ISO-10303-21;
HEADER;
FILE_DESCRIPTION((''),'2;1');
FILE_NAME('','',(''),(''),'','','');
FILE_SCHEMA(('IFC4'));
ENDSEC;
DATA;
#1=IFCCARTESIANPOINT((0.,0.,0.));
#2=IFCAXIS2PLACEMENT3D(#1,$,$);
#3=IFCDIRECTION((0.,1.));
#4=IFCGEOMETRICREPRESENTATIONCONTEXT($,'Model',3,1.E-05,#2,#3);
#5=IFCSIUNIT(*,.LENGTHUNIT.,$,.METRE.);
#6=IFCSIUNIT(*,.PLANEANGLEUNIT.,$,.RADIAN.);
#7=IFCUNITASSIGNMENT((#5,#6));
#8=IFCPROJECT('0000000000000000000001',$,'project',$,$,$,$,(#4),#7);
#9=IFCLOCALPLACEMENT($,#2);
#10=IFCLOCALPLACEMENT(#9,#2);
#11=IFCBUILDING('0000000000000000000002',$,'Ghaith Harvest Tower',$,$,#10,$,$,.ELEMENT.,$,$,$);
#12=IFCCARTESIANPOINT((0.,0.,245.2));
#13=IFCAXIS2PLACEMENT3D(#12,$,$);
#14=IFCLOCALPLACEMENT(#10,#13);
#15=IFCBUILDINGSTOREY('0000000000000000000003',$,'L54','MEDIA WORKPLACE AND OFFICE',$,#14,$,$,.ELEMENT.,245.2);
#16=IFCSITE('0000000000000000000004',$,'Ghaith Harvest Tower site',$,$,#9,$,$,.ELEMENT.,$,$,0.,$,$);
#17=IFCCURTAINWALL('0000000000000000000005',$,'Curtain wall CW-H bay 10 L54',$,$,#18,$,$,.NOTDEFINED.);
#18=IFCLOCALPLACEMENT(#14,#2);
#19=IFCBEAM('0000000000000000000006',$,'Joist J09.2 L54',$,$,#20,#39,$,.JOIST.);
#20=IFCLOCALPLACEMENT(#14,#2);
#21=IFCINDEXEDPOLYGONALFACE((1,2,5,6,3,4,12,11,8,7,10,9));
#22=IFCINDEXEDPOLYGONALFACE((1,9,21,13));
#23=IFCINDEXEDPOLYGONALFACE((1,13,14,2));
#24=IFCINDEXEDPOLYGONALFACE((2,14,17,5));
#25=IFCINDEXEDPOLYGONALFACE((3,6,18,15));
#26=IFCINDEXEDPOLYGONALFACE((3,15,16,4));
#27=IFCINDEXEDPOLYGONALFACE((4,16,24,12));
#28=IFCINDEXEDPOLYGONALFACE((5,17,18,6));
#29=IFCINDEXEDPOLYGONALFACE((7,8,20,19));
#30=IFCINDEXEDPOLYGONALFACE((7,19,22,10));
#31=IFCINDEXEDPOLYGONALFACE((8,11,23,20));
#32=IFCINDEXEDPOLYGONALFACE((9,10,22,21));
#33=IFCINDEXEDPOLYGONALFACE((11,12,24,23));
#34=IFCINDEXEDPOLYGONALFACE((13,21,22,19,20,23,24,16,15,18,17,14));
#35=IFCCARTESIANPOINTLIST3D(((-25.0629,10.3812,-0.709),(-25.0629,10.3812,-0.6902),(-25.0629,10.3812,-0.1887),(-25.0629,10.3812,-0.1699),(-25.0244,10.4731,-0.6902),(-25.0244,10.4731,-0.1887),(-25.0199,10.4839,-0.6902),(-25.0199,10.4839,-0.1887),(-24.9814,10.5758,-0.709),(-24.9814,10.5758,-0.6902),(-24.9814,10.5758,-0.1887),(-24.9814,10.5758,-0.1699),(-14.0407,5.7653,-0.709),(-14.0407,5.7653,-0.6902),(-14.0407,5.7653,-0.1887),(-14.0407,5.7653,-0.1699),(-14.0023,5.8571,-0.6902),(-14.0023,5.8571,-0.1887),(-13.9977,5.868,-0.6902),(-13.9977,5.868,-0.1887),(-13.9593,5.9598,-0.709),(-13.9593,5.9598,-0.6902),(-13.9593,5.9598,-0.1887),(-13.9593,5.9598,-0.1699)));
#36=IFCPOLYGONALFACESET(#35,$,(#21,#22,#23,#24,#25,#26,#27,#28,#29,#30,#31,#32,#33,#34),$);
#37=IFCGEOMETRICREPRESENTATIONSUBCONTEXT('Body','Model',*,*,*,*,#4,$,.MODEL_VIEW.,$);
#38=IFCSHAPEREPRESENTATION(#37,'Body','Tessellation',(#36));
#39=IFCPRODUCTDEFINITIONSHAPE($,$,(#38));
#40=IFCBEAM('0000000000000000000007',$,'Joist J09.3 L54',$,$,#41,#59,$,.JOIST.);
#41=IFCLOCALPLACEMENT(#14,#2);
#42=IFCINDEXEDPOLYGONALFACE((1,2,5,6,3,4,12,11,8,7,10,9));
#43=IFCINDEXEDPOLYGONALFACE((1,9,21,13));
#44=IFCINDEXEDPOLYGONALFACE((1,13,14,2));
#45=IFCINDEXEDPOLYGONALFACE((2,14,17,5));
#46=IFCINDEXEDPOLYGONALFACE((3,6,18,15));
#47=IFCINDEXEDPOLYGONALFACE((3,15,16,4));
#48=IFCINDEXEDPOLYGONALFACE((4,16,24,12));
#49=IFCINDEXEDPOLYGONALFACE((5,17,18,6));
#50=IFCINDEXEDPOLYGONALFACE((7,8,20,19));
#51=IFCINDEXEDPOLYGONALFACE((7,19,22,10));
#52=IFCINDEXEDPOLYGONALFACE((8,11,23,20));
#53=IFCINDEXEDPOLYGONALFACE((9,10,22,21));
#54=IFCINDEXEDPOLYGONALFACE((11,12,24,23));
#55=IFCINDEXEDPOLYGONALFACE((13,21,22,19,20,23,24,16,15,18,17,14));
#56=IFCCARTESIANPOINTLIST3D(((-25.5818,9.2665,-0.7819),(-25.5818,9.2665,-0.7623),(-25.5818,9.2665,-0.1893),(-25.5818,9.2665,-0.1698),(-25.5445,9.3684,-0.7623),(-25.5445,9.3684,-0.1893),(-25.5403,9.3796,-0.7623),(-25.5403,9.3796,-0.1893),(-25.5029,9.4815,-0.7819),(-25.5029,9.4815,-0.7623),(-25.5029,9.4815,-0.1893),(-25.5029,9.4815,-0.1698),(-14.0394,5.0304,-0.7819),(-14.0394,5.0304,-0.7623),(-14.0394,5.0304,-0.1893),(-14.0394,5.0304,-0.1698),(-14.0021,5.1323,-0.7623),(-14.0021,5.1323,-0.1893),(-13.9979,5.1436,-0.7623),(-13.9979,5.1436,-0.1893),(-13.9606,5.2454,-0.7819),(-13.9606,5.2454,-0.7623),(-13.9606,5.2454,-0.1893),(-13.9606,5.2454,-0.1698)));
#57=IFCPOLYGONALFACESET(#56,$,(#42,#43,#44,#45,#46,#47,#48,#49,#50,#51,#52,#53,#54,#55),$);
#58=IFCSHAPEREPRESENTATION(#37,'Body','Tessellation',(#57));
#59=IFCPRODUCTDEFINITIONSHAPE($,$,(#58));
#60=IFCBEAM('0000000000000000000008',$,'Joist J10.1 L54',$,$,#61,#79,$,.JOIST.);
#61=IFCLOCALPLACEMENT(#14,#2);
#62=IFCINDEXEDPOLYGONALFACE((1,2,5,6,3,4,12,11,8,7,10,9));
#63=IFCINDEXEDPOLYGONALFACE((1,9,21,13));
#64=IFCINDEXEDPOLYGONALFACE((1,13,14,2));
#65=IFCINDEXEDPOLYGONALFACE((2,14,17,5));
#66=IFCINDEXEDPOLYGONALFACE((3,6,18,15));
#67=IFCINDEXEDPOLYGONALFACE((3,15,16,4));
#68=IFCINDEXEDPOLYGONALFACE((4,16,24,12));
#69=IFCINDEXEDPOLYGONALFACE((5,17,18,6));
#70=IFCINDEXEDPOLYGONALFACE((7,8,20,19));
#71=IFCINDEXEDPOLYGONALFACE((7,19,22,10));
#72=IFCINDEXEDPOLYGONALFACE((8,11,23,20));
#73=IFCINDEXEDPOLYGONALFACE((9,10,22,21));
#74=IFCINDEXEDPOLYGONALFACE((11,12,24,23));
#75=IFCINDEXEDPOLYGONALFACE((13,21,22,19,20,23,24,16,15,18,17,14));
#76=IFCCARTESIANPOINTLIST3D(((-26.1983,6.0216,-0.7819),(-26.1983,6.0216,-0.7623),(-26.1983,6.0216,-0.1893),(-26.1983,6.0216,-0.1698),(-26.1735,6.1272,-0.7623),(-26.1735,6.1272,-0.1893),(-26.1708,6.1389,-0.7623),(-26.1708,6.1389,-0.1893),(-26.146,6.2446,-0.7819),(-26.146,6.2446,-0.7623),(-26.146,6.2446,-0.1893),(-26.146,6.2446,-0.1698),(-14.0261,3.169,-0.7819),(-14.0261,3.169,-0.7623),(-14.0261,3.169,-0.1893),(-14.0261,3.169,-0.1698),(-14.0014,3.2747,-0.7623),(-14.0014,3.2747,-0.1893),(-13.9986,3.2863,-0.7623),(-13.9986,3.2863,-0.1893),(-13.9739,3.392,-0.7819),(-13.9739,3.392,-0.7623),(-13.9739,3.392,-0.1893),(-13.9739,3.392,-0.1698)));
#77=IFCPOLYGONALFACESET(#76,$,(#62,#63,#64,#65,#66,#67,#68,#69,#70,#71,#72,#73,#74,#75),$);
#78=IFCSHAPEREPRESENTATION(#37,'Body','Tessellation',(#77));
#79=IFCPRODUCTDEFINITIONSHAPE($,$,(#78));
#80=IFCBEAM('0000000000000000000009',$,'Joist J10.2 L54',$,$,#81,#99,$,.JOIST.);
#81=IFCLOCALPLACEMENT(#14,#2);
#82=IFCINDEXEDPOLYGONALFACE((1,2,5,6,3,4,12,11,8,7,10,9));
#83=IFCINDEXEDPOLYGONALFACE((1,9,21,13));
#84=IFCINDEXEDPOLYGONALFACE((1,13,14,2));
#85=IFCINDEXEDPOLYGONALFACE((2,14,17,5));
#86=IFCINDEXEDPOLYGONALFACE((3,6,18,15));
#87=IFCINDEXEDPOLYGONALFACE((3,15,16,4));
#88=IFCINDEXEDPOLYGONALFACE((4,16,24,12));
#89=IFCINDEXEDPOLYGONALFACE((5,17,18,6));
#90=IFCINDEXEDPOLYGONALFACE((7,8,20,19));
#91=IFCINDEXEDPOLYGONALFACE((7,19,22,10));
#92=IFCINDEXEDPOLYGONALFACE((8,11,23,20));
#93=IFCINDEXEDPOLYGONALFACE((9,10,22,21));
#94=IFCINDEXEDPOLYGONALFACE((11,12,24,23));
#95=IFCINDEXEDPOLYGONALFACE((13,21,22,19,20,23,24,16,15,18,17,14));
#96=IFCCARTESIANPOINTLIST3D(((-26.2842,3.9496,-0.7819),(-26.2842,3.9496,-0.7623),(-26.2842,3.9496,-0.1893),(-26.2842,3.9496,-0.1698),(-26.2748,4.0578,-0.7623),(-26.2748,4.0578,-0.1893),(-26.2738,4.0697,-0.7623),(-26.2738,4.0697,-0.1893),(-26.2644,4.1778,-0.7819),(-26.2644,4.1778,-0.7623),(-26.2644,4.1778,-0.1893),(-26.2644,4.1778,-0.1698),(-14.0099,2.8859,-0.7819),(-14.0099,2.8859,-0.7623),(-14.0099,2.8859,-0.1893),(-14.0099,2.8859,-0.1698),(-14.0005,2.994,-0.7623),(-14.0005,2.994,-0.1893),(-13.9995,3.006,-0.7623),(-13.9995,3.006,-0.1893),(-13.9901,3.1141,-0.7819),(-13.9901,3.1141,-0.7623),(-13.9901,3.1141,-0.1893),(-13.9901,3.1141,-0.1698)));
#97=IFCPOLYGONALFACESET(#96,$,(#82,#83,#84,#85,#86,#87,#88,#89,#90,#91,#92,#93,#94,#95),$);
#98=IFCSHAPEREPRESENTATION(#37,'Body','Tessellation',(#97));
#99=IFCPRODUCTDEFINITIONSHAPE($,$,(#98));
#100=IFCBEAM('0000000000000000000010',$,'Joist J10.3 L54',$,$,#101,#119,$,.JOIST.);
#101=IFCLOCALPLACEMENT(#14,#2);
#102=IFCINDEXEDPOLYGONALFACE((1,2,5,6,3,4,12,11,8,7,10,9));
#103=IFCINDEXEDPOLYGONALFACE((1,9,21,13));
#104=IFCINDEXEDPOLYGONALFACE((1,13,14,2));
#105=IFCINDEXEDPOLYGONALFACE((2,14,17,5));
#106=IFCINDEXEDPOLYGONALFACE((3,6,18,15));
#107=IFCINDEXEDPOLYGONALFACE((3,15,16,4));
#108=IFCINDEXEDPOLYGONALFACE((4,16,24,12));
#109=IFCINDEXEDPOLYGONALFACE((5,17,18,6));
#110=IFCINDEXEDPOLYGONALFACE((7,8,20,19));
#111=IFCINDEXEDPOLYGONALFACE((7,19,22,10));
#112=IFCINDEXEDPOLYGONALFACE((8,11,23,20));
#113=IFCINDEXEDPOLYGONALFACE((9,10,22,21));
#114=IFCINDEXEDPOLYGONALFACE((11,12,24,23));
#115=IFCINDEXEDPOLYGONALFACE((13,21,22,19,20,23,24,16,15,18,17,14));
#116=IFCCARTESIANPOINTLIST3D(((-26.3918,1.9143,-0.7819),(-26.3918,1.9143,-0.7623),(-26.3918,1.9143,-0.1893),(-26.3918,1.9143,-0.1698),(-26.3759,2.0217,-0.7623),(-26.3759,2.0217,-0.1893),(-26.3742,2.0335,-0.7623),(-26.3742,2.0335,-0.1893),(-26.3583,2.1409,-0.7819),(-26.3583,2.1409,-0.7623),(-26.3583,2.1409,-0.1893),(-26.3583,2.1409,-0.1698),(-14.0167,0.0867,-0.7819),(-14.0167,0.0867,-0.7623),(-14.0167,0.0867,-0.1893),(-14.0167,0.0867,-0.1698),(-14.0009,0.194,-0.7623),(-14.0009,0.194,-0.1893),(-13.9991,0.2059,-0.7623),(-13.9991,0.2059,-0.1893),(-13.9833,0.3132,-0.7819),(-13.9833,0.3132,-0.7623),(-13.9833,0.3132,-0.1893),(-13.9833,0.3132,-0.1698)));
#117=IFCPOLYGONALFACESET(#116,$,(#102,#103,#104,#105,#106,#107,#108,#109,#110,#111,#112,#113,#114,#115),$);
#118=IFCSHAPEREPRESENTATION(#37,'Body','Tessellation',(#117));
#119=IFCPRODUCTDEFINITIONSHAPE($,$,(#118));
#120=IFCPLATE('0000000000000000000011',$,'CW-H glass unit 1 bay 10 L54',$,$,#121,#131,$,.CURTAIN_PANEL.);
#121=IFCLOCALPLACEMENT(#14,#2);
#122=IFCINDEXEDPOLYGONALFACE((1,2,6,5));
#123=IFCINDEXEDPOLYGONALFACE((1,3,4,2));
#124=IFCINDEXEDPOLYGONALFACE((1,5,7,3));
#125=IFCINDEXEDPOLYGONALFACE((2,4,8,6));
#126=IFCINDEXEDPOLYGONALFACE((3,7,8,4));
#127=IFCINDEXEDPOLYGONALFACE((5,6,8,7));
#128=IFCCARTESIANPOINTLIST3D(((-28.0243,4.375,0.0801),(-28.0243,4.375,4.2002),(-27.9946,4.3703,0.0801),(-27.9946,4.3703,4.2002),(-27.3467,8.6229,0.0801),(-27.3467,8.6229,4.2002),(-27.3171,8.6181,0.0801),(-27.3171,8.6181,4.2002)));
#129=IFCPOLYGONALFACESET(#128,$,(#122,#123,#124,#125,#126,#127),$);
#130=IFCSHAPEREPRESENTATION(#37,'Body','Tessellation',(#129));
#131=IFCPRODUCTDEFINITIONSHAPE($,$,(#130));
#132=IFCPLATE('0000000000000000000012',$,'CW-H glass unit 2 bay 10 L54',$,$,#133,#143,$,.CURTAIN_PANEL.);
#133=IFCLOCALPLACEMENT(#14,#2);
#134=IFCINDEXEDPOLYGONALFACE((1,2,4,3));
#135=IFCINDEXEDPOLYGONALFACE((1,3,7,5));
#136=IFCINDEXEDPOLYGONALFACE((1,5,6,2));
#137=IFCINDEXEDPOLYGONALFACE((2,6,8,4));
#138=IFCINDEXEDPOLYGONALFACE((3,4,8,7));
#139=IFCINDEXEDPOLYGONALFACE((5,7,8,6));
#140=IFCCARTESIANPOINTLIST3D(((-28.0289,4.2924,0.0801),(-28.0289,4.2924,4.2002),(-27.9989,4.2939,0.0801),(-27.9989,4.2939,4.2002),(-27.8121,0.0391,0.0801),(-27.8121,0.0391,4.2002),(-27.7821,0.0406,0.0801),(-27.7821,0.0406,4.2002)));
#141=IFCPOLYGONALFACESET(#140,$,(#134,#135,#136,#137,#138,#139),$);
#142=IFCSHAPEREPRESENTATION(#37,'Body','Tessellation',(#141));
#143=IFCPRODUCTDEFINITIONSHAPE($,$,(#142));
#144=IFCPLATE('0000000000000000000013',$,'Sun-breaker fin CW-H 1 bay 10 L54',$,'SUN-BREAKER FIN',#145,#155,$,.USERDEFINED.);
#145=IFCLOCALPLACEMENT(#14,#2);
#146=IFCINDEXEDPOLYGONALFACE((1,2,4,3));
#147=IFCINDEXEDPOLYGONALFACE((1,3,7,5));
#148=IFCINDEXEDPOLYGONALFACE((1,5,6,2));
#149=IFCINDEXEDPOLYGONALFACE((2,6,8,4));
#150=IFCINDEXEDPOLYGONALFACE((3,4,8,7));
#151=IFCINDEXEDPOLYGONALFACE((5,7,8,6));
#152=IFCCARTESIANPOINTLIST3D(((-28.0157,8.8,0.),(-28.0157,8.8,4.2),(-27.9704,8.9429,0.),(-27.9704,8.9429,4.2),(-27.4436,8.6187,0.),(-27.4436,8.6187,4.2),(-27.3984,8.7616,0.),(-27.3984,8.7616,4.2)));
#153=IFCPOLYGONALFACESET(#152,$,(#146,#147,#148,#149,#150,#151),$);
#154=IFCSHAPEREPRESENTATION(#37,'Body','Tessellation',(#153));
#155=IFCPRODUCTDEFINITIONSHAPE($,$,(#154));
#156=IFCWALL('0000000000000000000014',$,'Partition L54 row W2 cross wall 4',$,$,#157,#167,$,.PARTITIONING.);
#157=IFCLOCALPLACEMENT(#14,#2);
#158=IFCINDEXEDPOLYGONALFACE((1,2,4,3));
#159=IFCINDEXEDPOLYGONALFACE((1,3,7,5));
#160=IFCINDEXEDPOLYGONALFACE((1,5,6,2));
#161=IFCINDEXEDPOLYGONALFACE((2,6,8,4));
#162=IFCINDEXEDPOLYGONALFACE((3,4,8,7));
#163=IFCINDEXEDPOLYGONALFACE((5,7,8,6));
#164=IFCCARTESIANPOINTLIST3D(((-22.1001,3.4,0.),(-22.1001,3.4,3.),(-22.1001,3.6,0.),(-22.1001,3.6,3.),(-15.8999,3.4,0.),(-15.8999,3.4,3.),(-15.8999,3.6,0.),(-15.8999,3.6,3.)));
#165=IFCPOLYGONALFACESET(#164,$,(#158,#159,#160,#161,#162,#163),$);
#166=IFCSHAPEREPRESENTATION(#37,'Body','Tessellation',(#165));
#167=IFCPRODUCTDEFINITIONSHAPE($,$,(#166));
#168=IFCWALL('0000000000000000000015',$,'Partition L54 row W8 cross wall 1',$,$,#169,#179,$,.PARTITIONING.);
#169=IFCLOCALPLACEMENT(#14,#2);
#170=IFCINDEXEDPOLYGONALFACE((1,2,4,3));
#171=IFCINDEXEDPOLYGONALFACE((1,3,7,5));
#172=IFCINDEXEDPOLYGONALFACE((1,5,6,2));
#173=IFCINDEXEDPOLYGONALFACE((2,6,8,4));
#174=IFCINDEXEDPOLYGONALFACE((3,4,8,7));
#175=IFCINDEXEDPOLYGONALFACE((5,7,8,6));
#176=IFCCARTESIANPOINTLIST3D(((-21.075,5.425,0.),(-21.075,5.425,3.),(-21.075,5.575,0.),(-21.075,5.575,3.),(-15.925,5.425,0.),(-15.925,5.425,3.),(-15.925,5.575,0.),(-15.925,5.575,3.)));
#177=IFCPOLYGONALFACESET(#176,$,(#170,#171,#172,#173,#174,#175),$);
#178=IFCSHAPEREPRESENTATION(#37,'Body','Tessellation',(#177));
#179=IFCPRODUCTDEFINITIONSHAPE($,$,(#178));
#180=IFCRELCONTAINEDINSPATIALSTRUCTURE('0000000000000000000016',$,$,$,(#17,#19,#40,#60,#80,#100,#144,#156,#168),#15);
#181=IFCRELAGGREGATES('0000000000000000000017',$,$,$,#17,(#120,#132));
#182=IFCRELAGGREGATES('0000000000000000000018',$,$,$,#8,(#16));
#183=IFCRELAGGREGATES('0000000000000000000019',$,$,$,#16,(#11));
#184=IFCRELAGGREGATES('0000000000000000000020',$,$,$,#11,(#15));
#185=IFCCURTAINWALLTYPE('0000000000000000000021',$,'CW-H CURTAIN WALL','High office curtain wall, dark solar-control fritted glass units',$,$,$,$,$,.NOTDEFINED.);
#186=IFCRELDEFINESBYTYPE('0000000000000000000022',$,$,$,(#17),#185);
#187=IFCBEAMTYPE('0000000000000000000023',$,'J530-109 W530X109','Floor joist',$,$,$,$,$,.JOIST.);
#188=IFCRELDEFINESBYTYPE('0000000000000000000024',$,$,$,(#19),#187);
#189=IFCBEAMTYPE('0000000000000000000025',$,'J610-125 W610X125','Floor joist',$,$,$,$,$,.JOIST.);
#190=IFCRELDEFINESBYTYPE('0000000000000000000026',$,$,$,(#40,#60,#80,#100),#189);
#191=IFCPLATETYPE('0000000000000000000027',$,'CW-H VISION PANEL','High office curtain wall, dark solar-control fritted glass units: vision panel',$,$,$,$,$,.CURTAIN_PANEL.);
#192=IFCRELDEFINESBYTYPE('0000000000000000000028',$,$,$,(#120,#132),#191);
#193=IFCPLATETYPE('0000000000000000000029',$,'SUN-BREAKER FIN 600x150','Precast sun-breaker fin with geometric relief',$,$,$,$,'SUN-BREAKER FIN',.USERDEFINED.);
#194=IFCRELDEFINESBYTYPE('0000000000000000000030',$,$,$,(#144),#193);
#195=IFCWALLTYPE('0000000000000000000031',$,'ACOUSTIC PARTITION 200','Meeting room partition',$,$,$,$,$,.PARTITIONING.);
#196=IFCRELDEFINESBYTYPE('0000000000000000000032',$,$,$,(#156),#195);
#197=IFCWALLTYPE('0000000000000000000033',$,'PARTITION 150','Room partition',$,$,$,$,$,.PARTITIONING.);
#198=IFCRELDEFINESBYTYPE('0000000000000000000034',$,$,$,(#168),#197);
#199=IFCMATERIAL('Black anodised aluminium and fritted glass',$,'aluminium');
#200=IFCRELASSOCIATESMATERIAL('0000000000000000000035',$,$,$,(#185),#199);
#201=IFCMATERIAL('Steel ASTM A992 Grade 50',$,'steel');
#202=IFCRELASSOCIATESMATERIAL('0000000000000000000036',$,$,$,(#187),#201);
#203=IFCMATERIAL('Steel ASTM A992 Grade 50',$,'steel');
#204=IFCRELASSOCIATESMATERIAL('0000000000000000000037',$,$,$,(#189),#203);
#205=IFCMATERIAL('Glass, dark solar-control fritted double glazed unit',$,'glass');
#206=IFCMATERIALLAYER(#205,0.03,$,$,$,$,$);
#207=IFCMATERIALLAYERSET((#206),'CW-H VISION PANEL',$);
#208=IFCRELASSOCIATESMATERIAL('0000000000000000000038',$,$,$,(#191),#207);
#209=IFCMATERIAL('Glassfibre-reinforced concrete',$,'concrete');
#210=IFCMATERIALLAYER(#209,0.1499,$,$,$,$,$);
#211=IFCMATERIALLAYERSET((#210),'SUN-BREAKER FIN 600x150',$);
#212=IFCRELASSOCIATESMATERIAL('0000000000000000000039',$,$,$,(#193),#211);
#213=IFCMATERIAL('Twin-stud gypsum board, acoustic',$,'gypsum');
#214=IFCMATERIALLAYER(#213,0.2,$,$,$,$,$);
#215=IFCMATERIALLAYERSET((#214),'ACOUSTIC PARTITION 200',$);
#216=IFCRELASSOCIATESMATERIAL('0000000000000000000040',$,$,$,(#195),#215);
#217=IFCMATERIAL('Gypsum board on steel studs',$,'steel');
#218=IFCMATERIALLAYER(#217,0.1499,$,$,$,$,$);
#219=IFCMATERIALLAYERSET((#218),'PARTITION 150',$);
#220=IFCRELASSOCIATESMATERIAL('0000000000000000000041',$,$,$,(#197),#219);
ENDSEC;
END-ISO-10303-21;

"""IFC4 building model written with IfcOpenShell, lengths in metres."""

from ifc_helpers import new_model, si_unit, direction, frame, frame_2d, origin, origin_2d, place, context, subcontext, project, spatial, rectangle, i_section, extrude, material, layer, layer_set, material_profile, profile_set, type_object, element, aggregate, save


model = new_model("IFC4")

# Units and contexts
model_context = context("Model", 3, precision=1e-05, world=origin(), true_north=direction((0.0, 1.0)))
body_context = subcontext(model_context, "Body", "Model", "MODEL_VIEW")
ifc_project = project(units=[si_unit("LENGTHUNIT", "METRE"), si_unit("PLANEANGLEUNIT", "RADIAN")], contexts=[model_context])

# Site, building, storey
site_placement = place(None, origin())
site = spatial("IfcSite", under=ifc_project, at=site_placement, Name="Ghaith Harvest Tower site", CompositionType="ELEMENT", RefElevation=0.0)
building_placement = place(site_placement, origin())
building = spatial("IfcBuilding", under=site, at=building_placement, Name="Ghaith Harvest Tower", CompositionType="ELEMENT")
storey_placement = place(building_placement, frame((0.0, 0.0, 245.2)))
storey = spatial("IfcBuildingStorey", under=building, at=storey_placement, Name="L54", Description="MEDIA WORKPLACE AND OFFICE", CompositionType="ELEMENT", Elevation=245.2)

# Curtain wall
ifc_material_1 = material(Name="Black anodised aluminium and fritted glass", Category="aluminium")
curtain_wall_type = type_object("IfcCurtainWallType", Name="CW-H CURTAIN WALL", Description="High office curtain wall, dark solar-control fritted glass units", PredefinedType="NOTDEFINED", material=ifc_material_1)
curtain_wall_placement = place(storey_placement, origin())
curtain_wall = element("IfcCurtainWall", 1, at=curtain_wall_placement, inside=storey, type_object=curtain_wall_type, Name="Curtain wall CW-H bay 10 L54", PredefinedType="NOTDEFINED")

# Beams
ifc_material_2 = material(Name="Steel ASTM A992 Grade 50", Category="steel")
ifc_material_profile_1 = material_profile(ifc_material_2, i_section(OverallWidth=0.2109, OverallDepth=0.5391, WebThickness=0.0117, FlangeThickness=0.0188, at=origin_2d()), Name="W530X109")
ifc_profile_set_1 = profile_set([ifc_material_profile_1], Name="Steel ASTM A992 Grade 50")
beam_type_1 = type_object("IfcBeamType", Name="J530-109 W530X109", Description="Floor joist", PredefinedType="JOIST", material=ifc_profile_set_1)
beam_1_placement = place(storey_placement, frame((-14.0, 5.8625, -0.4395), z_axis=(-0.922381, 0.386282, 0.0), x_axis=(-0.386282, -0.922381, 0.0)))
element("IfcBeam", 2, at=beam_1_placement, inside=storey, type_object=beam_type_1, Name="Joist J09.2 L54", PredefinedType="JOIST", context=body_context, shape_type="SweptSolid", body=[
    extrude(i_section(OverallWidth=0.2109, OverallDepth=0.5391, WebThickness=0.0117, FlangeThickness=0.0188, at=origin_2d()), origin(), (0.0, 0.0, 1.0), 11.9497),
])
ifc_material_3 = material(Name="Steel ASTM A992 Grade 50", Category="steel")
ifc_material_profile_2 = material_profile(ifc_material_3, i_section(OverallWidth=0.229, OverallDepth=0.6121, WebThickness=0.012, FlangeThickness=0.0195, at=origin_2d()), Name="W610X125")
ifc_profile_set_2 = profile_set([ifc_material_profile_2], Name="Steel ASTM A992 Grade 50")
beam_type_2 = type_object("IfcBeamType", Name="J610-125 W610X125", Description="Floor joist", PredefinedType="JOIST", material=ifc_profile_set_2)
beam_2_placement = place(storey_placement, frame((-14.0, 5.1379, -0.4758), z_axis=(-0.938775, 0.34453, 0.0), x_axis=(-0.34453, -0.938775, 0.0)))
element("IfcBeam", 3, at=beam_2_placement, inside=storey, type_object=beam_type_2, Name="Joist J09.3 L54", PredefinedType="JOIST", context=body_context, shape_type="SweptSolid", body=[
    extrude(i_section(OverallWidth=0.229, OverallDepth=0.6121, WebThickness=0.012, FlangeThickness=0.0195, at=origin_2d()), origin(), (0.0, 0.0, 1.0), 12.2952),
])
beam_3_placement = place(storey_placement, frame((-14.0, 3.2805, -0.4758), z_axis=(-0.973622, 0.228168, 0.0), x_axis=(-0.228168, -0.973622, 0.0)))
element("IfcBeam", 4, at=beam_3_placement, inside=storey, type_object=beam_type_2, Name="Joist J10.1 L54", PredefinedType="JOIST", context=body_context, shape_type="SweptSolid", body=[
    extrude(i_section(OverallWidth=0.229, OverallDepth=0.6121, WebThickness=0.012, FlangeThickness=0.0195, at=origin_2d()), origin(), (0.0, 0.0, 1.0), 12.502),
])
beam_4_placement = place(storey_placement, frame((-14.0, 3.0, -0.4758), z_axis=(-0.996266, 0.086338, 0.0), x_axis=(-0.086338, -0.996266, 0.0)))
element("IfcBeam", 5, at=beam_4_placement, inside=storey, type_object=beam_type_2, Name="Joist J10.2 L54", PredefinedType="JOIST", context=body_context, shape_type="SweptSolid", body=[
    extrude(i_section(OverallWidth=0.229, OverallDepth=0.6121, WebThickness=0.012, FlangeThickness=0.0195, at=origin_2d()), origin(), (0.0, 0.0, 1.0), 12.3203),
])
beam_5_placement = place(storey_placement, frame((-14.0, 0.2, -0.4758), z_axis=(-0.989269, 0.146103, 0.0), x_axis=(-0.146103, -0.989269, 0.0)))
element("IfcBeam", 6, at=beam_5_placement, inside=storey, type_object=beam_type_2, Name="Joist J10.3 L54", PredefinedType="JOIST", context=body_context, shape_type="SweptSolid", body=[
    extrude(i_section(OverallWidth=0.229, OverallDepth=0.6121, WebThickness=0.012, FlangeThickness=0.0195, at=origin_2d()), origin(), (0.0, 0.0, 1.0), 12.5093),
])

# Plates
ifc_material_4 = material(Name="Glass, dark solar-control fritted double glazed unit", Category="glass")
ifc_layer_1 = layer(ifc_material_4, 0.03)
ifc_layer_set_1 = layer_set([ifc_layer_1], Name="CW-H VISION PANEL")
plate_type_1 = type_object("IfcPlateType", Name="CW-H VISION PANEL", Description="High office curtain wall, dark solar-control fritted glass units: vision panel", PredefinedType="CURTAIN_PANEL", material=ifc_layer_set_1)
plate_1_placement = place(storey_placement, frame((-27.6707, 6.4966, 0.0801), z_axis=(0.0, 0.0, 1.0), x_axis=(-0.157514, -0.987517, 0.0)))
plate_1 = element("IfcPlate", 7, at=plate_1_placement, type_object=plate_type_1, Name="CW-H glass unit 1 bay 10 L54", PredefinedType="CURTAIN_PANEL", context=body_context, shape_type="SweptSolid", body=[
    extrude(rectangle(XDim=4.3015, YDim=0.03, at=origin_2d()), origin(), (0.0, 0.0, 1.0), 4.1201),
])
plate_2_placement = place(storey_placement, frame((-27.9055, 2.1665, 0.0801), z_axis=(0.0, 0.0, 1.0), x_axis=(0.050895, -0.998704, 0.0)))
plate_2 = element("IfcPlate", 8, at=plate_2_placement, type_object=plate_type_1, Name="CW-H glass unit 2 bay 10 L54", PredefinedType="CURTAIN_PANEL", context=body_context, shape_type="SweptSolid", body=[
    extrude(rectangle(XDim=4.2588, YDim=0.03, at=origin_2d()), origin(), (0.0, 0.0, 1.0), 4.1201),
])
aggregate(curtain_wall, [plate_1, plate_2])
ifc_material_5 = material(Name="Glassfibre-reinforced concrete", Category="concrete")
ifc_layer_2 = layer(ifc_material_5, 0.1499)
ifc_layer_set_2 = layer_set([ifc_layer_2], Name="SUN-BREAKER FIN 600x150")
plate_type_2 = type_object("IfcPlateType", Name="SUN-BREAKER FIN 600x150", Description="Precast sun-breaker fin with geometric relief", ElementType="SUN-BREAKER FIN", PredefinedType="USERDEFINED", material=ifc_layer_set_2)
plate_3_placement = place(storey_placement, frame((-27.707, 8.7808, 0.0), z_axis=(0.0, 0.0, 1.0), x_axis=(-0.953273, 0.30211, 0.0)))
element("IfcPlate", 9, at=plate_3_placement, inside=storey, type_object=plate_type_2, Name="Sun-breaker fin CW-H 1 bay 10 L54", ObjectType="SUN-BREAKER FIN", PredefinedType="USERDEFINED", context=body_context, shape_type="SweptSolid", body=[
    extrude(rectangle(XDim=0.6001, YDim=0.1499, at=origin_2d()), origin(), (0.0, 0.0, 1.0), 4.2),
])

# Walls
ifc_material_6 = material(Name="Twin-stud gypsum board, acoustic", Category="gypsum")
ifc_layer_3 = layer(ifc_material_6, 0.2)
ifc_layer_set_3 = layer_set([ifc_layer_3], Name="ACOUSTIC PARTITION 200")
wall_type_1 = type_object("IfcWallType", Name="ACOUSTIC PARTITION 200", Description="Meeting room partition", PredefinedType="PARTITIONING", material=ifc_layer_set_3)
wall_1_placement = place(storey_placement, frame((-15.8999, 3.5, 0.0), z_axis=(0.0, 0.0, 1.0), x_axis=(-1.0, 0.0, 0.0)))
element("IfcWall", 10, at=wall_1_placement, inside=storey, type_object=wall_type_1, Name="Partition L54 row W2 cross wall 4", PredefinedType="PARTITIONING", context=body_context, shape_type="SweptSolid", body=[
    extrude(rectangle(XDim=6.2002, YDim=0.2, at=frame_2d((3.1001, 0.0))), origin(), (0.0, 0.0, 1.0), 3.0),
])
ifc_material_7 = material(Name="Gypsum board on steel studs", Category="steel")
ifc_layer_4 = layer(ifc_material_7, 0.1499)
ifc_layer_set_4 = layer_set([ifc_layer_4], Name="PARTITION 150")
wall_type_2 = type_object("IfcWallType", Name="PARTITION 150", Description="Room partition", PredefinedType="PARTITIONING", material=ifc_layer_set_4)
wall_2_placement = place(storey_placement, frame((-15.925, 5.5, 0.0), z_axis=(0.0, 0.0, 1.0), x_axis=(-1.0, 0.0, 0.0)))
element("IfcWall", 11, at=wall_2_placement, inside=storey, type_object=wall_type_2, Name="Partition L54 row W8 cross wall 1", PredefinedType="PARTITIONING", context=body_context, shape_type="SweptSolid", body=[
    extrude(rectangle(XDim=5.1499, YDim=0.1499, at=frame_2d((2.575, 0.0))), origin(), (0.0, 0.0, 1.0), 3.0),
])

save(model, "model.ifc")
